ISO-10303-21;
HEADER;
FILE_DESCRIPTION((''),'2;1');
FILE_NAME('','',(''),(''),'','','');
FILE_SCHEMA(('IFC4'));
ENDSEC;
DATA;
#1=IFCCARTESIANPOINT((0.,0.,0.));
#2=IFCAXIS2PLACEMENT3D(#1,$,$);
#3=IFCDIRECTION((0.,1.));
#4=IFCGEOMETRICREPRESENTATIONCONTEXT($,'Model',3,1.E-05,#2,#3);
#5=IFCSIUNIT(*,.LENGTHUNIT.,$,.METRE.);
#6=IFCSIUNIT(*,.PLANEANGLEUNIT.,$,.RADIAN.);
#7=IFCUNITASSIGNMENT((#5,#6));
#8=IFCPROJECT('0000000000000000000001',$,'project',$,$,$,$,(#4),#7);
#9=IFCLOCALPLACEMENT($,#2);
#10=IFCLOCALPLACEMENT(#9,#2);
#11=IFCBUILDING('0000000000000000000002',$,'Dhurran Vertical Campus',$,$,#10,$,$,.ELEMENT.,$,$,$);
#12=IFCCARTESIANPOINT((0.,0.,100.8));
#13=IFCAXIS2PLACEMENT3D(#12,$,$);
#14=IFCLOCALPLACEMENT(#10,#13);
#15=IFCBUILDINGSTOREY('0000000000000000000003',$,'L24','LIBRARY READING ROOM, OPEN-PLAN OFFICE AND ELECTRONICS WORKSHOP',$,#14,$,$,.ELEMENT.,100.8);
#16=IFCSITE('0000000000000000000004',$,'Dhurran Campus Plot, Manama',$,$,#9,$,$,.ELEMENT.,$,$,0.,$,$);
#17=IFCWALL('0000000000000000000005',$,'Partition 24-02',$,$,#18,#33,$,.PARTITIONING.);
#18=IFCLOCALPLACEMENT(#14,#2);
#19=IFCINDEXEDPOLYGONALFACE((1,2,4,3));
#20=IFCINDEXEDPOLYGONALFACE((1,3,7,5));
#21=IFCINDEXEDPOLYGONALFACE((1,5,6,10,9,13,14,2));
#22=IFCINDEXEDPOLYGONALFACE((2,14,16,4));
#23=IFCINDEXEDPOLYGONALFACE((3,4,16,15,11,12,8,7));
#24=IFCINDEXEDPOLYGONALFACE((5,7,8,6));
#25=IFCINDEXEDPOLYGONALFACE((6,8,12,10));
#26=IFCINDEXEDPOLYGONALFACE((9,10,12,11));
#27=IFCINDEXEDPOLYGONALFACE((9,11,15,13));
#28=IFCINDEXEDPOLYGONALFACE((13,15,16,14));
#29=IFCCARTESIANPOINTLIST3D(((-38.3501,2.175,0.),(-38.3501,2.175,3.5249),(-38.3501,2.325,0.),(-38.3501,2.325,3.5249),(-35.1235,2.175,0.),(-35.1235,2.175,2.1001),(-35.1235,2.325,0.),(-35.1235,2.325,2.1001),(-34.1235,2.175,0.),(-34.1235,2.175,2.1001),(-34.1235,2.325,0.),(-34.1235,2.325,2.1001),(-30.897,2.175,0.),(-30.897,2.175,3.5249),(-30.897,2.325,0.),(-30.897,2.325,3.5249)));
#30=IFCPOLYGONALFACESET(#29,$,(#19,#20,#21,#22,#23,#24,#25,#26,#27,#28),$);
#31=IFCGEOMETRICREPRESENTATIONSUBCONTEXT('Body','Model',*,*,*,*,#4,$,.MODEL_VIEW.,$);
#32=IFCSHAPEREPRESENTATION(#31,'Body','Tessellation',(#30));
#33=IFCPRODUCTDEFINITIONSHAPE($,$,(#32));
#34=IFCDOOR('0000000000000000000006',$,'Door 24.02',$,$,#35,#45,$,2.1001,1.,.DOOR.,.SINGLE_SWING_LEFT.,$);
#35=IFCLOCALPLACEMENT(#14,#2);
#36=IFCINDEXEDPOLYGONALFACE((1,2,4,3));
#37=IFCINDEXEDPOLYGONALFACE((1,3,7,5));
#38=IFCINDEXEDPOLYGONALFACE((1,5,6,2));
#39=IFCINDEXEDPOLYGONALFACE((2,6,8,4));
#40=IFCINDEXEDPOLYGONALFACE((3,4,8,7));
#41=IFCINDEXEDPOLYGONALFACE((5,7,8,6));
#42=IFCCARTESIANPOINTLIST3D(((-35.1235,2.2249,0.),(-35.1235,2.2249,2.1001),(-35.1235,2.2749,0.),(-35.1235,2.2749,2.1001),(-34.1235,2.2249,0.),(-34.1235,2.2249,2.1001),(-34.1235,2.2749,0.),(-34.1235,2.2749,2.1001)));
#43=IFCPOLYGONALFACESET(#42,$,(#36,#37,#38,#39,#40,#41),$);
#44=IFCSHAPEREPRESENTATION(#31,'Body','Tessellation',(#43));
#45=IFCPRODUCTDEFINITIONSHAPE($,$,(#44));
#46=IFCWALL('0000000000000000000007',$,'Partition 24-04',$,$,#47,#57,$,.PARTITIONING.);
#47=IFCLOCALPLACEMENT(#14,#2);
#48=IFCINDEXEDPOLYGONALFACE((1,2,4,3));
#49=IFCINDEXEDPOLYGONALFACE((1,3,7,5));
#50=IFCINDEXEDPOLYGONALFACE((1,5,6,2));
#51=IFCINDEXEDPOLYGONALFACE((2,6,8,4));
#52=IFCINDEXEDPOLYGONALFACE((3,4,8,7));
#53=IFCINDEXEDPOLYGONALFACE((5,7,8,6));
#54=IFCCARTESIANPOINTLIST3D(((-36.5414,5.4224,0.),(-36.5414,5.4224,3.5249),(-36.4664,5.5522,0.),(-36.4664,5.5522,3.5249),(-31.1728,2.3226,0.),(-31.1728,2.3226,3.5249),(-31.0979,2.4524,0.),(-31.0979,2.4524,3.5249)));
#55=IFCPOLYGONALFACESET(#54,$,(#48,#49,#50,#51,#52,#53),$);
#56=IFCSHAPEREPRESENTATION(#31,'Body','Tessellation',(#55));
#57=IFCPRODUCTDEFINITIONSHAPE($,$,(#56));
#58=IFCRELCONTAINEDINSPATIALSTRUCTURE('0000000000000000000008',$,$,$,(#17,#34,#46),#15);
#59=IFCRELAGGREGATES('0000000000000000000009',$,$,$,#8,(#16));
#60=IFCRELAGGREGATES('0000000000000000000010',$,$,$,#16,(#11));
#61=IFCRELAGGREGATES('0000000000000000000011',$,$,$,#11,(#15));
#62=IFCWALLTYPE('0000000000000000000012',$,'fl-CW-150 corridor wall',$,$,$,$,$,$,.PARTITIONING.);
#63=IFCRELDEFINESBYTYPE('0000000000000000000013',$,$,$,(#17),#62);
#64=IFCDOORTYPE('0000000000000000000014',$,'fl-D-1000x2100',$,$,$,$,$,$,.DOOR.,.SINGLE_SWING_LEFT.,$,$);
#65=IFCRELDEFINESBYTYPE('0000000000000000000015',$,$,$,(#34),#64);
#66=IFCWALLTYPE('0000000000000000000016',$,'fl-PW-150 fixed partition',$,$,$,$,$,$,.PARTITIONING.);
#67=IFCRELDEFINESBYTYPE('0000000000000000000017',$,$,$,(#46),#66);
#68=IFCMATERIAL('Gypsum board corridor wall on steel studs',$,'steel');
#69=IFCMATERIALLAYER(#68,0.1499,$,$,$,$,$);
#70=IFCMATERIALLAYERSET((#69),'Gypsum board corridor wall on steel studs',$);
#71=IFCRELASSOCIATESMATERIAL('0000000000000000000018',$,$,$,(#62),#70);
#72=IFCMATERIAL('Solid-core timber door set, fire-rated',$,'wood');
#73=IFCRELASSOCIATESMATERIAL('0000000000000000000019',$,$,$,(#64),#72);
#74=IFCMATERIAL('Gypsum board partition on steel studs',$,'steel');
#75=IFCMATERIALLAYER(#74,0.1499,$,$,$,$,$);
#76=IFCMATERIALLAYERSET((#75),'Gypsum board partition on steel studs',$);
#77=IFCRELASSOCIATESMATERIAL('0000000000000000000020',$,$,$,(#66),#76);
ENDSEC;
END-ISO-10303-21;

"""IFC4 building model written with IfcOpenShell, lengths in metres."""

from ifc_helpers import new_model, si_unit, direction, frame, frame_2d, origin, place, context, subcontext, project, spatial, rectangle, extrude, material, layer, layer_set, type_object, element, fill, save


model = new_model("IFC4")

# Units and contexts
model_context = context("Model", 3, precision=1e-05, world=origin(), true_north=direction((0.0, 1.0)))
body_context = subcontext(model_context, "Body", "Model", "MODEL_VIEW")
ifc_project = project(units=[si_unit("LENGTHUNIT", "METRE"), si_unit("PLANEANGLEUNIT", "RADIAN")], contexts=[model_context])

# Site, building, storey
site_placement = place(None, origin())
site = spatial("IfcSite", under=ifc_project, at=site_placement, Name="Dhurran Campus Plot, Manama", CompositionType="ELEMENT", RefElevation=0.0)
building_placement = place(site_placement, origin())
building = spatial("IfcBuilding", under=site, at=building_placement, Name="Dhurran Vertical Campus", CompositionType="ELEMENT")
storey_placement = place(building_placement, frame((0.0, 0.0, 100.8)))
storey = spatial("IfcBuildingStorey", under=building, at=storey_placement, Name="L24", Description="LIBRARY READING ROOM, OPEN-PLAN OFFICE AND ELECTRONICS WORKSHOP", CompositionType="ELEMENT", Elevation=100.8)

# Wall, opening, door
ifc_material_1 = material(Name="Gypsum board corridor wall on steel studs", Category="steel")
ifc_layer_1 = layer(ifc_material_1, 0.1499)
ifc_layer_set_1 = layer_set([ifc_layer_1], Name="Gypsum board corridor wall on steel studs")
wall_type_1 = type_object("IfcWallType", Name="fl-CW-150 corridor wall", PredefinedType="PARTITIONING", material=ifc_layer_set_1)
wall_1_placement = place(storey_placement, frame((-38.3501, 2.25, 0.0), z_axis=(0.0, 0.0, 1.0), x_axis=(1.0, 0.0, 0.0)))
wall_1 = element("IfcWall", 1, at=wall_1_placement, inside=storey, type_object=wall_type_1, Name="Partition 24-02", PredefinedType="PARTITIONING", context=body_context, shape_type="SweptSolid", body=[
    extrude(rectangle(XDim=7.4531, YDim=0.1499, at=frame_2d((3.7266, 0.0))), origin(), (0.0, 0.0, 1.0), 3.5249),
])
opening_1_placement = place(wall_1_placement, frame((3.2266, 0.0, 0.0)))
opening_1 = element("IfcOpeningElement", 2, at=opening_1_placement, cuts=wall_1, PredefinedType="OPENING", context=body_context, shape_type="SweptSolid", body=[
    extrude(rectangle(XDim=1.0, YDim=2.1001, at=frame_2d((0.5, 1.05))), frame((0.0, 0.085, 0.0), z_axis=(0.0, -1.0, 0.0), x_axis=(1.0, 0.0, 0.0)), (0.0, 0.0, 1.0), 0.1699),
])
ifc_material_2 = material(Name="Solid-core timber door set, fire-rated", Category="wood")
door_type = type_object("IfcDoorType", Name="fl-D-1000x2100", OperationType="SINGLE_SWING_LEFT", PredefinedType="DOOR", material=ifc_material_2)
door_placement = place(opening_1_placement, origin())
door = element("IfcDoor", 3, at=door_placement, inside=storey, type_object=door_type, Name="Door 24.02", OperationType="SINGLE_SWING_LEFT", OverallHeight=2.1001, OverallWidth=1.0, PredefinedType="DOOR", context=body_context, shape_type="SweptSolid", body=[
    extrude(rectangle(XDim=1.0, YDim=2.1001, at=frame_2d((0.5, 1.05))), frame((0.0, 0.0249, 0.0), z_axis=(0.0, -1.0, 0.0), x_axis=(1.0, 0.0, 0.0)), (0.0, 0.0, 1.0), 0.05),
])
fill(opening_1, door)

# Wall
ifc_material_3 = material(Name="Gypsum board partition on steel studs", Category="steel")
ifc_layer_2 = layer(ifc_material_3, 0.1499)
ifc_layer_set_2 = layer_set([ifc_layer_2], Name="Gypsum board partition on steel studs")
wall_type_2 = type_object("IfcWallType", Name="fl-PW-150 fixed partition", PredefinedType="PARTITIONING", material=ifc_layer_set_2)
wall_2_placement = place(storey_placement, frame((-36.5039, 5.4873, 0.0), z_axis=(0.0, 0.0, 1.0), x_axis=(0.866007, -0.500032, 0.0)))
element("IfcWall", 4, at=wall_2_placement, inside=storey, type_object=wall_type_2, Name="Partition 24-04", PredefinedType="PARTITIONING", context=body_context, shape_type="SweptSolid", body=[
    extrude(rectangle(XDim=6.1992, YDim=0.1499, at=frame_2d((3.0996, 0.0))), origin(), (0.0, 0.0, 1.0), 3.5249),
])

save(model, "model.ifc")
